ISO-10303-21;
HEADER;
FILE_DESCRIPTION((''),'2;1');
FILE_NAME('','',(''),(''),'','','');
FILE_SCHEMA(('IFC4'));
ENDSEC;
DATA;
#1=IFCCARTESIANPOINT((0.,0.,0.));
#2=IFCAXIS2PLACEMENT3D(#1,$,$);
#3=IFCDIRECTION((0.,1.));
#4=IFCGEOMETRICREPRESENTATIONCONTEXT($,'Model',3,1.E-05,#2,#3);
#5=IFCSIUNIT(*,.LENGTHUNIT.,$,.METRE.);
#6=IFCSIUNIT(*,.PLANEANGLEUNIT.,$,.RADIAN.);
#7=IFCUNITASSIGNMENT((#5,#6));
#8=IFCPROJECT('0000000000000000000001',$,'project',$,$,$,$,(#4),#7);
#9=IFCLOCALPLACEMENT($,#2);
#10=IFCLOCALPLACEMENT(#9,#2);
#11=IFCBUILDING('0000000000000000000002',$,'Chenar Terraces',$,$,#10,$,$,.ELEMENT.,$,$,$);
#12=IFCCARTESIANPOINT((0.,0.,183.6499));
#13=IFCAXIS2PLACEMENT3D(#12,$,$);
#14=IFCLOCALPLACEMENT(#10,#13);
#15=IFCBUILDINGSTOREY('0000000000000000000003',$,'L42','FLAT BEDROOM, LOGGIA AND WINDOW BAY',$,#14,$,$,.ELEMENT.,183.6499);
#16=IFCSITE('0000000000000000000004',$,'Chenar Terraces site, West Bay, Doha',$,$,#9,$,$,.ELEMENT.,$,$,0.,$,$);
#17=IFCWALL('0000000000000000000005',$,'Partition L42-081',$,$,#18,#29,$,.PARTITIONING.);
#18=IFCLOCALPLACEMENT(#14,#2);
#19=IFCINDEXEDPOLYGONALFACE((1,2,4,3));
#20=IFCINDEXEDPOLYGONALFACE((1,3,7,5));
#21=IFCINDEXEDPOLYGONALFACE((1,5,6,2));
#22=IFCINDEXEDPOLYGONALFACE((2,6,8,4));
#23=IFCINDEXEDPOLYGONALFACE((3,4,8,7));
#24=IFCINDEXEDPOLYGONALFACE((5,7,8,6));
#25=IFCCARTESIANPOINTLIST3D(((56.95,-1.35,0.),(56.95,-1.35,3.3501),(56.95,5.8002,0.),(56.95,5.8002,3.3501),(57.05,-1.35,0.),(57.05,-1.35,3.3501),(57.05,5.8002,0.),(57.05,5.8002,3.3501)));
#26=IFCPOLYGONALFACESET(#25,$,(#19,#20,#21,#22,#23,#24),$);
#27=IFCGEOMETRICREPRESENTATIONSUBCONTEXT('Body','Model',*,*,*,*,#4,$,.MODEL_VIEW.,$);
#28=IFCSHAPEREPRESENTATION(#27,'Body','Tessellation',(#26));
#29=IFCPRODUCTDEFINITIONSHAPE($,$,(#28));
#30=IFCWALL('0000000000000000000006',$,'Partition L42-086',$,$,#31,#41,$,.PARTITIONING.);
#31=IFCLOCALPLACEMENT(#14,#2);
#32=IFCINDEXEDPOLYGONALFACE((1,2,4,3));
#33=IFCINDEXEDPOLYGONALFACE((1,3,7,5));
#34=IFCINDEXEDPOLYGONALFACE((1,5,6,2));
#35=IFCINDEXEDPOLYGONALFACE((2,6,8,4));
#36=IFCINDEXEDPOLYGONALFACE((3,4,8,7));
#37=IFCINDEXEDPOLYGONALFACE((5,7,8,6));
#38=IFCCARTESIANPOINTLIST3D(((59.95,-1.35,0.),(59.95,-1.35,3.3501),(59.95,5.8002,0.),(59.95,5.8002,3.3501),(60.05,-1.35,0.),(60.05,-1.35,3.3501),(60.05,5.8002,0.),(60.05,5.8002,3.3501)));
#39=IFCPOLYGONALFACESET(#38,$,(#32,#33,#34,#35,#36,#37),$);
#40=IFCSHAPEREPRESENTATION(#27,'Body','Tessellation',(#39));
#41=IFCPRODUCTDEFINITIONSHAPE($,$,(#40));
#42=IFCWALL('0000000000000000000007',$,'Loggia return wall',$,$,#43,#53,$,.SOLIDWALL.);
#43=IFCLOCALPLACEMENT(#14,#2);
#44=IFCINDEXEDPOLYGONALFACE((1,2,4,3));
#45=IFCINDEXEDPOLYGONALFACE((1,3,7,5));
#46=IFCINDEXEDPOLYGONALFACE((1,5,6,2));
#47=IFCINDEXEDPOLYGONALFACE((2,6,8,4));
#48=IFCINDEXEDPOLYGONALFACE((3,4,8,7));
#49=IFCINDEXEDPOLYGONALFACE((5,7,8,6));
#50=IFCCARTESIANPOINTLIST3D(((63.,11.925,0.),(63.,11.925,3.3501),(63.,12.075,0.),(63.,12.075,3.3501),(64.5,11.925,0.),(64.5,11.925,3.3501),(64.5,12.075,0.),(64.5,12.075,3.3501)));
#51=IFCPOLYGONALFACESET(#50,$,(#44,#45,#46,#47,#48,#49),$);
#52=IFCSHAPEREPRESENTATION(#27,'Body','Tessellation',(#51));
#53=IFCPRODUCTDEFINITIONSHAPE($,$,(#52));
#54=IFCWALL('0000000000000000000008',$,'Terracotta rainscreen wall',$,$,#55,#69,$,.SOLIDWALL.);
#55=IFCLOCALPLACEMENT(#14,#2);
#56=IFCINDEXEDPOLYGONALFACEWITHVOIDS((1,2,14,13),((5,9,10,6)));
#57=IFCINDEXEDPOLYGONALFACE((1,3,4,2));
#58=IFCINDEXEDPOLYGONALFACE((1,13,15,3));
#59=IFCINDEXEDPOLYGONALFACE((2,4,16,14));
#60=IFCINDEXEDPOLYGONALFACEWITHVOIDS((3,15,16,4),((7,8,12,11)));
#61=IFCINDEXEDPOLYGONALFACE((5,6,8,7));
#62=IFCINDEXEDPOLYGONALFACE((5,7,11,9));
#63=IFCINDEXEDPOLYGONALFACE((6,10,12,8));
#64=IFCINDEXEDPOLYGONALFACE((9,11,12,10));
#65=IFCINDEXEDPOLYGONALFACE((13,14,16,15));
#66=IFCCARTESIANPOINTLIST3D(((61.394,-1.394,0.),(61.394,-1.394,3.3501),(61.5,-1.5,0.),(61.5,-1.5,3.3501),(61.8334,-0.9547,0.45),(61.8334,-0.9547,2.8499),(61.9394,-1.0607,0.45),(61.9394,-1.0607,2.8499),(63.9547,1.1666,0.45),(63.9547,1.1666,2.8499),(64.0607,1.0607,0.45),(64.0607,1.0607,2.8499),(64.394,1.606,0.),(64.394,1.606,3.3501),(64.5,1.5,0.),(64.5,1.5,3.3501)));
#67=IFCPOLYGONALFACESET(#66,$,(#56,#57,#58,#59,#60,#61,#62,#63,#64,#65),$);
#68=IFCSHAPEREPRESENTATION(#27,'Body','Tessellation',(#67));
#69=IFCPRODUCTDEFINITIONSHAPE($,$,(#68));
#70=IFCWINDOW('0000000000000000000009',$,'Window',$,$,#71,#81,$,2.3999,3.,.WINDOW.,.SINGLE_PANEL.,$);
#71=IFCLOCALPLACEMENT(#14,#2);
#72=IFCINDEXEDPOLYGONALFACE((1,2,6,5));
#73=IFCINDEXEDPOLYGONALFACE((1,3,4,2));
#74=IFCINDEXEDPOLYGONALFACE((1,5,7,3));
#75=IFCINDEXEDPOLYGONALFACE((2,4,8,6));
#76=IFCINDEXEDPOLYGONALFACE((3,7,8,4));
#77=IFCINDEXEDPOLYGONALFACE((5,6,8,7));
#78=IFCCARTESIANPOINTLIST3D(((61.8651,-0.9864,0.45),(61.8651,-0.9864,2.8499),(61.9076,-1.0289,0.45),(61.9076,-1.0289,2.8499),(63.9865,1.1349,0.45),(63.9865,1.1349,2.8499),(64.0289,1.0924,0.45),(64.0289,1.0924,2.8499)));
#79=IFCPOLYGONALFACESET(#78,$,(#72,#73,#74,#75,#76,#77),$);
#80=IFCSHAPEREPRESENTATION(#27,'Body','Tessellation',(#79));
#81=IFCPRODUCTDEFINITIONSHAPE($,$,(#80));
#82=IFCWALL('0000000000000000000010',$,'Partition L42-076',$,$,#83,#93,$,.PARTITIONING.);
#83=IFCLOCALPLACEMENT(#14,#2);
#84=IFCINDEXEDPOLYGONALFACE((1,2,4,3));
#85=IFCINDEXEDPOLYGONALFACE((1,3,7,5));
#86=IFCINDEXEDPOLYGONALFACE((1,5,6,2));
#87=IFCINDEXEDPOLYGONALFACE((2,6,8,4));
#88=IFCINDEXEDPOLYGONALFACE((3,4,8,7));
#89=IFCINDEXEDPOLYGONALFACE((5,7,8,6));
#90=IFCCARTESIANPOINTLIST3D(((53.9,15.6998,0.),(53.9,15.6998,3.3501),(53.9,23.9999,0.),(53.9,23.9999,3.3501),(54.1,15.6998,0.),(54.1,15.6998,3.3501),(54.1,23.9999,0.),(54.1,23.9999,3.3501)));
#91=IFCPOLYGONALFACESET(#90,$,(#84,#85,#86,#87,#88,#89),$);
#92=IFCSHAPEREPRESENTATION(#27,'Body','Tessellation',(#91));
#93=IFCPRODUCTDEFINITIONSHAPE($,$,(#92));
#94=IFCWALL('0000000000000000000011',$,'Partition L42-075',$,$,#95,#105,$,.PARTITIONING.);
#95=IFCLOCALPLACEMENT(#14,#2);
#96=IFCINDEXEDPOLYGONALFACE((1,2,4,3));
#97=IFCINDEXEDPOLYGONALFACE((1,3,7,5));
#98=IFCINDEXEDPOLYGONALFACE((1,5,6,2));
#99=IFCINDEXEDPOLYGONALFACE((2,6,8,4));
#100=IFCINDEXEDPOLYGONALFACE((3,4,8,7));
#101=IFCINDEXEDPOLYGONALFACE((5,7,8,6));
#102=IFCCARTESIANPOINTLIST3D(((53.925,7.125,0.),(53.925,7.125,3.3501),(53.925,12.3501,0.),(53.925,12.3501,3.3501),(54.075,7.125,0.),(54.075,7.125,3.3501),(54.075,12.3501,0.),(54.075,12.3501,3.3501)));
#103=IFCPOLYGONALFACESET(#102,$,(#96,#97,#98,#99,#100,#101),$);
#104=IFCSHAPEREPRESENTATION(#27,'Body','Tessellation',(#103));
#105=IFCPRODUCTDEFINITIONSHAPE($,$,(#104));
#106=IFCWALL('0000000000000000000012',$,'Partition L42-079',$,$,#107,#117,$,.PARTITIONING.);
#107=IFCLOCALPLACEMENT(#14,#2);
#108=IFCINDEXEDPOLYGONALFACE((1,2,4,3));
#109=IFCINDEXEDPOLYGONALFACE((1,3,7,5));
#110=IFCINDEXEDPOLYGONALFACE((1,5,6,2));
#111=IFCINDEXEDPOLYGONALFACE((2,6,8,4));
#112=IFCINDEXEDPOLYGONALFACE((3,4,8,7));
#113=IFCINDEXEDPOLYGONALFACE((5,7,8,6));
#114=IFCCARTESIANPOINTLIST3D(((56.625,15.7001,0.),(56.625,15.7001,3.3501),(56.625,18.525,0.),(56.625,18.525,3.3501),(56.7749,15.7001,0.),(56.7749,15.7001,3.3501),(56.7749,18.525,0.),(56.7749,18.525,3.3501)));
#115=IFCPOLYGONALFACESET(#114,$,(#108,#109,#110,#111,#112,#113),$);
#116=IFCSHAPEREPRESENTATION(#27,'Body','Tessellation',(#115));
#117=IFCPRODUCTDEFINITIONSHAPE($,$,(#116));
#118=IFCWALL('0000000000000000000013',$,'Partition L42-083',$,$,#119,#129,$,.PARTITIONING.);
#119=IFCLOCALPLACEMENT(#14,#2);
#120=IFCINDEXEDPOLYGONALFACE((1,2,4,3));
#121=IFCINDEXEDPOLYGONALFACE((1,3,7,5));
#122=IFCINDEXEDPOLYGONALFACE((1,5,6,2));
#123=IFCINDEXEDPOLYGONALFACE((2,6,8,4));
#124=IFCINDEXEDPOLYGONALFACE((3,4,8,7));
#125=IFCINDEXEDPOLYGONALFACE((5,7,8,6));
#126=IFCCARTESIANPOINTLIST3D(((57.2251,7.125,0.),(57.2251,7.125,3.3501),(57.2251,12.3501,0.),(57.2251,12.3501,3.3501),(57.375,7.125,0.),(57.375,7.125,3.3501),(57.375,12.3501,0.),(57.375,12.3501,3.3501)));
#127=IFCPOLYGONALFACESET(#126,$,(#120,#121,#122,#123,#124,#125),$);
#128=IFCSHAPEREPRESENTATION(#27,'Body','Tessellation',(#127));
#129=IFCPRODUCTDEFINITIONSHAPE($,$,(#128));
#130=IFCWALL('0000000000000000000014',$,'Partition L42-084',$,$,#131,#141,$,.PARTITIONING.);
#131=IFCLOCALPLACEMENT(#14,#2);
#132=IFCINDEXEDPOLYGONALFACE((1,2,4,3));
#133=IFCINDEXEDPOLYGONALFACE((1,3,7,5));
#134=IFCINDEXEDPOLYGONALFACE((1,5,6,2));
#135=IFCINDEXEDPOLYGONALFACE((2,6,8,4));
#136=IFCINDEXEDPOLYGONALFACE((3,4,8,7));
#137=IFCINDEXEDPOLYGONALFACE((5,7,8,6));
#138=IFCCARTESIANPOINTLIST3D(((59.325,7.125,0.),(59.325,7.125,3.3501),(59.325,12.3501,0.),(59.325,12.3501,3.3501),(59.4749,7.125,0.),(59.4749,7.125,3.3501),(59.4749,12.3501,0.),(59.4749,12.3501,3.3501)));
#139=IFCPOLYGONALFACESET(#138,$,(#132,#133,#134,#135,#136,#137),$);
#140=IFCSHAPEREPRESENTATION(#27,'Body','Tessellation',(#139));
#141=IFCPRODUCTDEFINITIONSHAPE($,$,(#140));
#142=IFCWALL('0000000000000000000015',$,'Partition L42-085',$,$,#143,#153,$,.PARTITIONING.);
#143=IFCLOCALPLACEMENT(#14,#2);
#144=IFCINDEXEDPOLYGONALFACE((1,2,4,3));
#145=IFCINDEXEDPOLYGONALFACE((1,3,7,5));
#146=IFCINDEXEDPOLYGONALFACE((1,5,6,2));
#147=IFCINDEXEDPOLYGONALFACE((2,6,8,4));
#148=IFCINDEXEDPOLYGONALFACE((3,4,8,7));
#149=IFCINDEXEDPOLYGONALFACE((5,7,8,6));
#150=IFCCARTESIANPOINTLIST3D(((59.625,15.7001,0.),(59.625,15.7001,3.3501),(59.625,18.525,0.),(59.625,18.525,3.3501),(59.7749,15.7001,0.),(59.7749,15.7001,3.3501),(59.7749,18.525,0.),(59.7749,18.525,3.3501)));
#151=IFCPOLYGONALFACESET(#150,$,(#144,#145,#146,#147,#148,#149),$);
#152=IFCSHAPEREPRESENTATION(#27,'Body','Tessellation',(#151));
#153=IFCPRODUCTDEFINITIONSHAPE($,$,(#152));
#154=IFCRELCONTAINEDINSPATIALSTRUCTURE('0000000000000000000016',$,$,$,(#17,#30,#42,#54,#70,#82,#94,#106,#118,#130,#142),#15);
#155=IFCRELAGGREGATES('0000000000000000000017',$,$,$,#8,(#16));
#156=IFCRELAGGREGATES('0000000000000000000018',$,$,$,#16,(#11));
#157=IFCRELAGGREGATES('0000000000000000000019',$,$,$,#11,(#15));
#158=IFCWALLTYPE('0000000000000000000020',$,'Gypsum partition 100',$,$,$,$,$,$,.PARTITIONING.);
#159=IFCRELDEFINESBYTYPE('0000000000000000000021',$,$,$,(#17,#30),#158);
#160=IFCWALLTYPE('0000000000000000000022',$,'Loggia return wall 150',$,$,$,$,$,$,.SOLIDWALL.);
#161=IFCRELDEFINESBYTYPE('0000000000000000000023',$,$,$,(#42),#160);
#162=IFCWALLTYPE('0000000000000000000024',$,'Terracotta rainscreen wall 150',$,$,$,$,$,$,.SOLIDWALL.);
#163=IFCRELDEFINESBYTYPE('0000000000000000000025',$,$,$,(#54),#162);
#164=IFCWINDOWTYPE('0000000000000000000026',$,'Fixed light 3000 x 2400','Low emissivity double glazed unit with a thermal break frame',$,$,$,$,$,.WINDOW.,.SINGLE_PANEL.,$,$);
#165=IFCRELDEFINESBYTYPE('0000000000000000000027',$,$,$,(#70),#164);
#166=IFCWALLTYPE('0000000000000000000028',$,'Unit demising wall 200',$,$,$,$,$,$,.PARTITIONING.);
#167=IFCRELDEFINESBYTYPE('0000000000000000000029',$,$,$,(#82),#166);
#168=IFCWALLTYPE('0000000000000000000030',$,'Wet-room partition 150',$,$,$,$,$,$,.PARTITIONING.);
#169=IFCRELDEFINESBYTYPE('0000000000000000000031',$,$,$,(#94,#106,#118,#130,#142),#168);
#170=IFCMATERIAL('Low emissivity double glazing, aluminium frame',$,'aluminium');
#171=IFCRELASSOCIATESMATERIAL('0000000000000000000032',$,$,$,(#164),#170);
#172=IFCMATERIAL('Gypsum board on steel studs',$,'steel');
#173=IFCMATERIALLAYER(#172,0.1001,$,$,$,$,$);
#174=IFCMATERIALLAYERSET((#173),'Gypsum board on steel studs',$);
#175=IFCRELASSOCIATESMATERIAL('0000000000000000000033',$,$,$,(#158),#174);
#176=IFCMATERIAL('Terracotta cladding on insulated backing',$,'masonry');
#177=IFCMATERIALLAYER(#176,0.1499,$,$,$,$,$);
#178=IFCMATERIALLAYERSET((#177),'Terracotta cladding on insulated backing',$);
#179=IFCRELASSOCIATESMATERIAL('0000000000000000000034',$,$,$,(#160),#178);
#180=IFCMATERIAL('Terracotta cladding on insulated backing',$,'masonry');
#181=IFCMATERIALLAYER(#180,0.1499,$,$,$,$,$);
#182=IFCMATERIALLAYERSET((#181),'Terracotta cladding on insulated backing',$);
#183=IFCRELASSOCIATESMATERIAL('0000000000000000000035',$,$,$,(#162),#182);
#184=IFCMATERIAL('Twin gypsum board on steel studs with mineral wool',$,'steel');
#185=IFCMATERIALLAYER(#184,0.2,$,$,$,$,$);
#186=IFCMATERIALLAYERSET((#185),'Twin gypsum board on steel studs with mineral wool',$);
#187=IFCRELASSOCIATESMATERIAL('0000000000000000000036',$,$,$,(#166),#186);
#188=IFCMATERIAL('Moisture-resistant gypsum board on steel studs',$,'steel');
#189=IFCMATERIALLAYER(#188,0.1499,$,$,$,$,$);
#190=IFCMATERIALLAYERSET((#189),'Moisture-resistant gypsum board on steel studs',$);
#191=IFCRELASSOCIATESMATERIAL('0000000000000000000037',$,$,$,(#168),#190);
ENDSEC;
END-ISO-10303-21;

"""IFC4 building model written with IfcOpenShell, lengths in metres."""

from ifc_helpers import new_model, si_unit, direction, frame, frame_2d, origin, place, context, subcontext, project, spatial, rectangle, extrude, material, layer, layer_set, type_object, element, fill, save


model = new_model("IFC4")

# Units and contexts
model_context = context("Model", 3, precision=1e-05, world=origin(), true_north=direction((0.0, 1.0)))
body_context = subcontext(model_context, "Body", "Model", "MODEL_VIEW")
ifc_project = project(units=[si_unit("LENGTHUNIT", "METRE"), si_unit("PLANEANGLEUNIT", "RADIAN")], contexts=[model_context])

# Site, building, storey
site_placement = place(None, origin())
site = spatial("IfcSite", under=ifc_project, at=site_placement, Name="Chenar Terraces site, West Bay, Doha", CompositionType="ELEMENT", RefElevation=0.0)
building_placement = place(site_placement, origin())
building = spatial("IfcBuilding", under=site, at=building_placement, Name="Chenar Terraces", CompositionType="ELEMENT")
storey_placement = place(building_placement, frame((0.0, 0.0, 183.6499)))
storey = spatial("IfcBuildingStorey", under=building, at=storey_placement, Name="L42", Description="FLAT BEDROOM, LOGGIA AND WINDOW BAY", CompositionType="ELEMENT", Elevation=183.6499)

# Shared definitions
ifc_material_1 = material(Name="Low emissivity double glazing, aluminium frame", Category="aluminium")
window_type_1 = type_object("IfcWindowType", Name="Fixed light 3000 x 2400", Description="Low emissivity double glazed unit with a thermal break frame", PartitioningType="SINGLE_PANEL", PredefinedType="WINDOW", material=ifc_material_1)

# Shared definitions
ifc_material_2 = material(Name="Gypsum board on steel studs", Category="steel")
ifc_layer_1 = layer(ifc_material_2, 0.1001)
ifc_layer_set_1 = layer_set([ifc_layer_1], Name="Gypsum board on steel studs")
wall_type_1 = type_object("IfcWallType", Name="Gypsum partition 100", PredefinedType="PARTITIONING", material=ifc_layer_set_1)

# Walls
for number, where, z_axis, x_axis, name in (
    (1, (57.0, -1.3501, 0.0), (0.0, 0.0, 1.0), (0.0, 1.0, 0.0), "Partition L42-081"),
    (2, (60.0, -1.3501, 0.0), (0.0, 0.0, 1.0), (0.0, 1.0, 0.0), "Partition L42-086"),
):
    element("IfcWall", number, at=place(storey_placement, frame(where, z_axis=z_axis, x_axis=x_axis)), inside=storey, type_object=wall_type_1, Name=name, PredefinedType="PARTITIONING", context=body_context, shape_type="SweptSolid", body=[
        extrude(rectangle(XDim=7.1501, YDim=0.1001, at=frame_2d((3.5752, 0.0))), origin(), (0.0, 0.0, 1.0), 3.3501),
    ])
ifc_material_3 = material(Name="Terracotta cladding on insulated backing", Category="masonry")
ifc_layer_2 = layer(ifc_material_3, 0.1499)
ifc_layer_set_2 = layer_set([ifc_layer_2], Name="Terracotta cladding on insulated backing")
wall_type_2 = type_object("IfcWallType", Name="Loggia return wall 150", PredefinedType="SOLIDWALL", material=ifc_layer_set_2)
wall_1_placement = place(storey_placement, frame((64.5, 12.0, 0.0), z_axis=(0.0, 0.0, 1.0), x_axis=(-1.0, 0.0, 0.0)))
element("IfcWall", 3, at=wall_1_placement, inside=storey, type_object=wall_type_2, Name="Loggia return wall", PredefinedType="SOLIDWALL", context=body_context, shape_type="SweptSolid", body=[
    extrude(rectangle(XDim=1.5, YDim=0.1499, at=frame_2d((0.75, 0.0))), origin(), (0.0, 0.0, 1.0), 3.3501),
])

# Wall, opening, window
ifc_material_4 = material(Name="Terracotta cladding on insulated backing", Category="masonry")
ifc_layer_3 = layer(ifc_material_4, 0.1499)
ifc_layer_set_3 = layer_set([ifc_layer_3], Name="Terracotta cladding on insulated backing")
wall_type_3 = type_object("IfcWallType", Name="Terracotta rainscreen wall 150", PredefinedType="SOLIDWALL", material=ifc_layer_set_3)
wall_2_placement = place(storey_placement, frame((61.447, -1.447, 0.0), z_axis=(0.0, 0.0, 1.0), x_axis=(0.707107, 0.707107, 0.0)))
wall_2 = element("IfcWall", 4, at=wall_2_placement, inside=storey, type_object=wall_type_3, Name="Terracotta rainscreen wall", PredefinedType="SOLIDWALL", context=body_context, shape_type="SweptSolid", body=[
    extrude(rectangle(XDim=4.2427, YDim=0.1499, at=frame_2d((2.1213, 0.0))), origin(), (0.0, 0.0, 1.0), 3.3501),
])
opening_1_placement = place(wall_2_placement, frame((0.6213, 0.0, 0.45)))
opening_1 = element("IfcOpeningElement", 5, at=opening_1_placement, cuts=wall_2, PredefinedType="OPENING", context=body_context, shape_type="SweptSolid", body=[
    extrude(rectangle(XDim=3.0, YDim=2.3999, at=frame_2d((1.5, 1.2))), frame((0.0, 0.085, 0.0), z_axis=(0.0, -1.0, 0.0), x_axis=(1.0, 0.0, 0.0)), (0.0, 0.0, 1.0), 0.1699),
])
window_1_placement = place(opening_1_placement, origin())
window_1 = element("IfcWindow", 6, at=window_1_placement, inside=storey, type_object=window_type_1, Name="Window", OverallHeight=2.3999, OverallWidth=3.0, PartitioningType="SINGLE_PANEL", PredefinedType="WINDOW", context=body_context, shape_type="SweptSolid", body=[
    extrude(rectangle(XDim=3.0, YDim=2.3999, at=frame_2d((1.5, 1.2))), frame((0.0, 0.03, 0.0), z_axis=(0.0, -1.0, 0.0), x_axis=(1.0, 0.0, 0.0)), (0.0, 0.0, 1.0), 0.0601),
])
fill(opening_1, window_1)

# Walls
ifc_material_5 = material(Name="Twin gypsum board on steel studs with mineral wool", Category="steel")
ifc_layer_4 = layer(ifc_material_5, 0.2)
ifc_layer_set_4 = layer_set([ifc_layer_4], Name="Twin gypsum board on steel studs with mineral wool")
wall_type_4 = type_object("IfcWallType", Name="Unit demising wall 200", PredefinedType="PARTITIONING", material=ifc_layer_set_4)
wall_3_placement = place(storey_placement, frame((54.0, 15.7, 0.0), z_axis=(0.0, 0.0, 1.0), x_axis=(0.0, 1.0, 0.0)))
element("IfcWall", 7, at=wall_3_placement, inside=storey, type_object=wall_type_4, Name="Partition L42-076", PredefinedType="PARTITIONING", context=body_context, shape_type="SweptSolid", body=[
    extrude(rectangle(XDim=8.3, YDim=0.2, at=frame_2d((4.1499, 0.0))), origin(), (0.0, 0.0, 1.0), 3.3501),
])
ifc_material_6 = material(Name="Moisture-resistant gypsum board on steel studs", Category="steel")
ifc_layer_5 = layer(ifc_material_6, 0.1499)
ifc_layer_set_5 = layer_set([ifc_layer_5], Name="Moisture-resistant gypsum board on steel studs")
wall_type_5 = type_object("IfcWallType", Name="Wet-room partition 150", PredefinedType="PARTITIONING", material=ifc_layer_set_5)
wall_4_placement = place(storey_placement, frame((54.0, 7.125, 0.0), z_axis=(0.0, 0.0, 1.0), x_axis=(0.0, 1.0, 0.0)))
element("IfcWall", 8, at=wall_4_placement, inside=storey, type_object=wall_type_5, Name="Partition L42-075", PredefinedType="PARTITIONING", context=body_context, shape_type="SweptSolid", body=[
    extrude(rectangle(XDim=5.2251, YDim=0.1499, at=frame_2d((2.6125, 0.0))), origin(), (0.0, 0.0, 1.0), 3.3501),
])
wall_5_placement = place(storey_placement, frame((56.7, 15.7, 0.0), z_axis=(0.0, 0.0, 1.0), x_axis=(0.0, 1.0, 0.0)))
element("IfcWall", 9, at=wall_5_placement, inside=storey, type_object=wall_type_5, Name="Partition L42-079", PredefinedType="PARTITIONING", context=body_context, shape_type="SweptSolid", body=[
    extrude(rectangle(XDim=2.825, YDim=0.1499, at=frame_2d((1.4126, 0.0))), origin(), (0.0, 0.0, 1.0), 3.3501),
])
for number, where, z_axis, x_axis, name in (
    (10, (57.3, 7.125, 0.0), (0.0, 0.0, 1.0), (0.0, 1.0, 0.0), "Partition L42-083"),
    (11, (59.3999, 7.125, 0.0), (0.0, 0.0, 1.0), (0.0, 1.0, 0.0), "Partition L42-084"),
):
    element("IfcWall", number, at=place(storey_placement, frame(where, z_axis=z_axis, x_axis=x_axis)), inside=storey, type_object=wall_type_5, Name=name, PredefinedType="PARTITIONING", context=body_context, shape_type="SweptSolid", body=[
        extrude(rectangle(XDim=5.2251, YDim=0.1499, at=frame_2d((2.6125, 0.0))), origin(), (0.0, 0.0, 1.0), 3.3501),
    ])
wall_6_placement = place(storey_placement, frame((59.7, 15.7, 0.0), z_axis=(0.0, 0.0, 1.0), x_axis=(0.0, 1.0, 0.0)))
element("IfcWall", 12, at=wall_6_placement, inside=storey, type_object=wall_type_5, Name="Partition L42-085", PredefinedType="PARTITIONING", context=body_context, shape_type="SweptSolid", body=[
    extrude(rectangle(XDim=2.825, YDim=0.1499, at=frame_2d((1.4126, 0.0))), origin(), (0.0, 0.0, 1.0), 3.3501),
])

save(model, "model.ifc")
